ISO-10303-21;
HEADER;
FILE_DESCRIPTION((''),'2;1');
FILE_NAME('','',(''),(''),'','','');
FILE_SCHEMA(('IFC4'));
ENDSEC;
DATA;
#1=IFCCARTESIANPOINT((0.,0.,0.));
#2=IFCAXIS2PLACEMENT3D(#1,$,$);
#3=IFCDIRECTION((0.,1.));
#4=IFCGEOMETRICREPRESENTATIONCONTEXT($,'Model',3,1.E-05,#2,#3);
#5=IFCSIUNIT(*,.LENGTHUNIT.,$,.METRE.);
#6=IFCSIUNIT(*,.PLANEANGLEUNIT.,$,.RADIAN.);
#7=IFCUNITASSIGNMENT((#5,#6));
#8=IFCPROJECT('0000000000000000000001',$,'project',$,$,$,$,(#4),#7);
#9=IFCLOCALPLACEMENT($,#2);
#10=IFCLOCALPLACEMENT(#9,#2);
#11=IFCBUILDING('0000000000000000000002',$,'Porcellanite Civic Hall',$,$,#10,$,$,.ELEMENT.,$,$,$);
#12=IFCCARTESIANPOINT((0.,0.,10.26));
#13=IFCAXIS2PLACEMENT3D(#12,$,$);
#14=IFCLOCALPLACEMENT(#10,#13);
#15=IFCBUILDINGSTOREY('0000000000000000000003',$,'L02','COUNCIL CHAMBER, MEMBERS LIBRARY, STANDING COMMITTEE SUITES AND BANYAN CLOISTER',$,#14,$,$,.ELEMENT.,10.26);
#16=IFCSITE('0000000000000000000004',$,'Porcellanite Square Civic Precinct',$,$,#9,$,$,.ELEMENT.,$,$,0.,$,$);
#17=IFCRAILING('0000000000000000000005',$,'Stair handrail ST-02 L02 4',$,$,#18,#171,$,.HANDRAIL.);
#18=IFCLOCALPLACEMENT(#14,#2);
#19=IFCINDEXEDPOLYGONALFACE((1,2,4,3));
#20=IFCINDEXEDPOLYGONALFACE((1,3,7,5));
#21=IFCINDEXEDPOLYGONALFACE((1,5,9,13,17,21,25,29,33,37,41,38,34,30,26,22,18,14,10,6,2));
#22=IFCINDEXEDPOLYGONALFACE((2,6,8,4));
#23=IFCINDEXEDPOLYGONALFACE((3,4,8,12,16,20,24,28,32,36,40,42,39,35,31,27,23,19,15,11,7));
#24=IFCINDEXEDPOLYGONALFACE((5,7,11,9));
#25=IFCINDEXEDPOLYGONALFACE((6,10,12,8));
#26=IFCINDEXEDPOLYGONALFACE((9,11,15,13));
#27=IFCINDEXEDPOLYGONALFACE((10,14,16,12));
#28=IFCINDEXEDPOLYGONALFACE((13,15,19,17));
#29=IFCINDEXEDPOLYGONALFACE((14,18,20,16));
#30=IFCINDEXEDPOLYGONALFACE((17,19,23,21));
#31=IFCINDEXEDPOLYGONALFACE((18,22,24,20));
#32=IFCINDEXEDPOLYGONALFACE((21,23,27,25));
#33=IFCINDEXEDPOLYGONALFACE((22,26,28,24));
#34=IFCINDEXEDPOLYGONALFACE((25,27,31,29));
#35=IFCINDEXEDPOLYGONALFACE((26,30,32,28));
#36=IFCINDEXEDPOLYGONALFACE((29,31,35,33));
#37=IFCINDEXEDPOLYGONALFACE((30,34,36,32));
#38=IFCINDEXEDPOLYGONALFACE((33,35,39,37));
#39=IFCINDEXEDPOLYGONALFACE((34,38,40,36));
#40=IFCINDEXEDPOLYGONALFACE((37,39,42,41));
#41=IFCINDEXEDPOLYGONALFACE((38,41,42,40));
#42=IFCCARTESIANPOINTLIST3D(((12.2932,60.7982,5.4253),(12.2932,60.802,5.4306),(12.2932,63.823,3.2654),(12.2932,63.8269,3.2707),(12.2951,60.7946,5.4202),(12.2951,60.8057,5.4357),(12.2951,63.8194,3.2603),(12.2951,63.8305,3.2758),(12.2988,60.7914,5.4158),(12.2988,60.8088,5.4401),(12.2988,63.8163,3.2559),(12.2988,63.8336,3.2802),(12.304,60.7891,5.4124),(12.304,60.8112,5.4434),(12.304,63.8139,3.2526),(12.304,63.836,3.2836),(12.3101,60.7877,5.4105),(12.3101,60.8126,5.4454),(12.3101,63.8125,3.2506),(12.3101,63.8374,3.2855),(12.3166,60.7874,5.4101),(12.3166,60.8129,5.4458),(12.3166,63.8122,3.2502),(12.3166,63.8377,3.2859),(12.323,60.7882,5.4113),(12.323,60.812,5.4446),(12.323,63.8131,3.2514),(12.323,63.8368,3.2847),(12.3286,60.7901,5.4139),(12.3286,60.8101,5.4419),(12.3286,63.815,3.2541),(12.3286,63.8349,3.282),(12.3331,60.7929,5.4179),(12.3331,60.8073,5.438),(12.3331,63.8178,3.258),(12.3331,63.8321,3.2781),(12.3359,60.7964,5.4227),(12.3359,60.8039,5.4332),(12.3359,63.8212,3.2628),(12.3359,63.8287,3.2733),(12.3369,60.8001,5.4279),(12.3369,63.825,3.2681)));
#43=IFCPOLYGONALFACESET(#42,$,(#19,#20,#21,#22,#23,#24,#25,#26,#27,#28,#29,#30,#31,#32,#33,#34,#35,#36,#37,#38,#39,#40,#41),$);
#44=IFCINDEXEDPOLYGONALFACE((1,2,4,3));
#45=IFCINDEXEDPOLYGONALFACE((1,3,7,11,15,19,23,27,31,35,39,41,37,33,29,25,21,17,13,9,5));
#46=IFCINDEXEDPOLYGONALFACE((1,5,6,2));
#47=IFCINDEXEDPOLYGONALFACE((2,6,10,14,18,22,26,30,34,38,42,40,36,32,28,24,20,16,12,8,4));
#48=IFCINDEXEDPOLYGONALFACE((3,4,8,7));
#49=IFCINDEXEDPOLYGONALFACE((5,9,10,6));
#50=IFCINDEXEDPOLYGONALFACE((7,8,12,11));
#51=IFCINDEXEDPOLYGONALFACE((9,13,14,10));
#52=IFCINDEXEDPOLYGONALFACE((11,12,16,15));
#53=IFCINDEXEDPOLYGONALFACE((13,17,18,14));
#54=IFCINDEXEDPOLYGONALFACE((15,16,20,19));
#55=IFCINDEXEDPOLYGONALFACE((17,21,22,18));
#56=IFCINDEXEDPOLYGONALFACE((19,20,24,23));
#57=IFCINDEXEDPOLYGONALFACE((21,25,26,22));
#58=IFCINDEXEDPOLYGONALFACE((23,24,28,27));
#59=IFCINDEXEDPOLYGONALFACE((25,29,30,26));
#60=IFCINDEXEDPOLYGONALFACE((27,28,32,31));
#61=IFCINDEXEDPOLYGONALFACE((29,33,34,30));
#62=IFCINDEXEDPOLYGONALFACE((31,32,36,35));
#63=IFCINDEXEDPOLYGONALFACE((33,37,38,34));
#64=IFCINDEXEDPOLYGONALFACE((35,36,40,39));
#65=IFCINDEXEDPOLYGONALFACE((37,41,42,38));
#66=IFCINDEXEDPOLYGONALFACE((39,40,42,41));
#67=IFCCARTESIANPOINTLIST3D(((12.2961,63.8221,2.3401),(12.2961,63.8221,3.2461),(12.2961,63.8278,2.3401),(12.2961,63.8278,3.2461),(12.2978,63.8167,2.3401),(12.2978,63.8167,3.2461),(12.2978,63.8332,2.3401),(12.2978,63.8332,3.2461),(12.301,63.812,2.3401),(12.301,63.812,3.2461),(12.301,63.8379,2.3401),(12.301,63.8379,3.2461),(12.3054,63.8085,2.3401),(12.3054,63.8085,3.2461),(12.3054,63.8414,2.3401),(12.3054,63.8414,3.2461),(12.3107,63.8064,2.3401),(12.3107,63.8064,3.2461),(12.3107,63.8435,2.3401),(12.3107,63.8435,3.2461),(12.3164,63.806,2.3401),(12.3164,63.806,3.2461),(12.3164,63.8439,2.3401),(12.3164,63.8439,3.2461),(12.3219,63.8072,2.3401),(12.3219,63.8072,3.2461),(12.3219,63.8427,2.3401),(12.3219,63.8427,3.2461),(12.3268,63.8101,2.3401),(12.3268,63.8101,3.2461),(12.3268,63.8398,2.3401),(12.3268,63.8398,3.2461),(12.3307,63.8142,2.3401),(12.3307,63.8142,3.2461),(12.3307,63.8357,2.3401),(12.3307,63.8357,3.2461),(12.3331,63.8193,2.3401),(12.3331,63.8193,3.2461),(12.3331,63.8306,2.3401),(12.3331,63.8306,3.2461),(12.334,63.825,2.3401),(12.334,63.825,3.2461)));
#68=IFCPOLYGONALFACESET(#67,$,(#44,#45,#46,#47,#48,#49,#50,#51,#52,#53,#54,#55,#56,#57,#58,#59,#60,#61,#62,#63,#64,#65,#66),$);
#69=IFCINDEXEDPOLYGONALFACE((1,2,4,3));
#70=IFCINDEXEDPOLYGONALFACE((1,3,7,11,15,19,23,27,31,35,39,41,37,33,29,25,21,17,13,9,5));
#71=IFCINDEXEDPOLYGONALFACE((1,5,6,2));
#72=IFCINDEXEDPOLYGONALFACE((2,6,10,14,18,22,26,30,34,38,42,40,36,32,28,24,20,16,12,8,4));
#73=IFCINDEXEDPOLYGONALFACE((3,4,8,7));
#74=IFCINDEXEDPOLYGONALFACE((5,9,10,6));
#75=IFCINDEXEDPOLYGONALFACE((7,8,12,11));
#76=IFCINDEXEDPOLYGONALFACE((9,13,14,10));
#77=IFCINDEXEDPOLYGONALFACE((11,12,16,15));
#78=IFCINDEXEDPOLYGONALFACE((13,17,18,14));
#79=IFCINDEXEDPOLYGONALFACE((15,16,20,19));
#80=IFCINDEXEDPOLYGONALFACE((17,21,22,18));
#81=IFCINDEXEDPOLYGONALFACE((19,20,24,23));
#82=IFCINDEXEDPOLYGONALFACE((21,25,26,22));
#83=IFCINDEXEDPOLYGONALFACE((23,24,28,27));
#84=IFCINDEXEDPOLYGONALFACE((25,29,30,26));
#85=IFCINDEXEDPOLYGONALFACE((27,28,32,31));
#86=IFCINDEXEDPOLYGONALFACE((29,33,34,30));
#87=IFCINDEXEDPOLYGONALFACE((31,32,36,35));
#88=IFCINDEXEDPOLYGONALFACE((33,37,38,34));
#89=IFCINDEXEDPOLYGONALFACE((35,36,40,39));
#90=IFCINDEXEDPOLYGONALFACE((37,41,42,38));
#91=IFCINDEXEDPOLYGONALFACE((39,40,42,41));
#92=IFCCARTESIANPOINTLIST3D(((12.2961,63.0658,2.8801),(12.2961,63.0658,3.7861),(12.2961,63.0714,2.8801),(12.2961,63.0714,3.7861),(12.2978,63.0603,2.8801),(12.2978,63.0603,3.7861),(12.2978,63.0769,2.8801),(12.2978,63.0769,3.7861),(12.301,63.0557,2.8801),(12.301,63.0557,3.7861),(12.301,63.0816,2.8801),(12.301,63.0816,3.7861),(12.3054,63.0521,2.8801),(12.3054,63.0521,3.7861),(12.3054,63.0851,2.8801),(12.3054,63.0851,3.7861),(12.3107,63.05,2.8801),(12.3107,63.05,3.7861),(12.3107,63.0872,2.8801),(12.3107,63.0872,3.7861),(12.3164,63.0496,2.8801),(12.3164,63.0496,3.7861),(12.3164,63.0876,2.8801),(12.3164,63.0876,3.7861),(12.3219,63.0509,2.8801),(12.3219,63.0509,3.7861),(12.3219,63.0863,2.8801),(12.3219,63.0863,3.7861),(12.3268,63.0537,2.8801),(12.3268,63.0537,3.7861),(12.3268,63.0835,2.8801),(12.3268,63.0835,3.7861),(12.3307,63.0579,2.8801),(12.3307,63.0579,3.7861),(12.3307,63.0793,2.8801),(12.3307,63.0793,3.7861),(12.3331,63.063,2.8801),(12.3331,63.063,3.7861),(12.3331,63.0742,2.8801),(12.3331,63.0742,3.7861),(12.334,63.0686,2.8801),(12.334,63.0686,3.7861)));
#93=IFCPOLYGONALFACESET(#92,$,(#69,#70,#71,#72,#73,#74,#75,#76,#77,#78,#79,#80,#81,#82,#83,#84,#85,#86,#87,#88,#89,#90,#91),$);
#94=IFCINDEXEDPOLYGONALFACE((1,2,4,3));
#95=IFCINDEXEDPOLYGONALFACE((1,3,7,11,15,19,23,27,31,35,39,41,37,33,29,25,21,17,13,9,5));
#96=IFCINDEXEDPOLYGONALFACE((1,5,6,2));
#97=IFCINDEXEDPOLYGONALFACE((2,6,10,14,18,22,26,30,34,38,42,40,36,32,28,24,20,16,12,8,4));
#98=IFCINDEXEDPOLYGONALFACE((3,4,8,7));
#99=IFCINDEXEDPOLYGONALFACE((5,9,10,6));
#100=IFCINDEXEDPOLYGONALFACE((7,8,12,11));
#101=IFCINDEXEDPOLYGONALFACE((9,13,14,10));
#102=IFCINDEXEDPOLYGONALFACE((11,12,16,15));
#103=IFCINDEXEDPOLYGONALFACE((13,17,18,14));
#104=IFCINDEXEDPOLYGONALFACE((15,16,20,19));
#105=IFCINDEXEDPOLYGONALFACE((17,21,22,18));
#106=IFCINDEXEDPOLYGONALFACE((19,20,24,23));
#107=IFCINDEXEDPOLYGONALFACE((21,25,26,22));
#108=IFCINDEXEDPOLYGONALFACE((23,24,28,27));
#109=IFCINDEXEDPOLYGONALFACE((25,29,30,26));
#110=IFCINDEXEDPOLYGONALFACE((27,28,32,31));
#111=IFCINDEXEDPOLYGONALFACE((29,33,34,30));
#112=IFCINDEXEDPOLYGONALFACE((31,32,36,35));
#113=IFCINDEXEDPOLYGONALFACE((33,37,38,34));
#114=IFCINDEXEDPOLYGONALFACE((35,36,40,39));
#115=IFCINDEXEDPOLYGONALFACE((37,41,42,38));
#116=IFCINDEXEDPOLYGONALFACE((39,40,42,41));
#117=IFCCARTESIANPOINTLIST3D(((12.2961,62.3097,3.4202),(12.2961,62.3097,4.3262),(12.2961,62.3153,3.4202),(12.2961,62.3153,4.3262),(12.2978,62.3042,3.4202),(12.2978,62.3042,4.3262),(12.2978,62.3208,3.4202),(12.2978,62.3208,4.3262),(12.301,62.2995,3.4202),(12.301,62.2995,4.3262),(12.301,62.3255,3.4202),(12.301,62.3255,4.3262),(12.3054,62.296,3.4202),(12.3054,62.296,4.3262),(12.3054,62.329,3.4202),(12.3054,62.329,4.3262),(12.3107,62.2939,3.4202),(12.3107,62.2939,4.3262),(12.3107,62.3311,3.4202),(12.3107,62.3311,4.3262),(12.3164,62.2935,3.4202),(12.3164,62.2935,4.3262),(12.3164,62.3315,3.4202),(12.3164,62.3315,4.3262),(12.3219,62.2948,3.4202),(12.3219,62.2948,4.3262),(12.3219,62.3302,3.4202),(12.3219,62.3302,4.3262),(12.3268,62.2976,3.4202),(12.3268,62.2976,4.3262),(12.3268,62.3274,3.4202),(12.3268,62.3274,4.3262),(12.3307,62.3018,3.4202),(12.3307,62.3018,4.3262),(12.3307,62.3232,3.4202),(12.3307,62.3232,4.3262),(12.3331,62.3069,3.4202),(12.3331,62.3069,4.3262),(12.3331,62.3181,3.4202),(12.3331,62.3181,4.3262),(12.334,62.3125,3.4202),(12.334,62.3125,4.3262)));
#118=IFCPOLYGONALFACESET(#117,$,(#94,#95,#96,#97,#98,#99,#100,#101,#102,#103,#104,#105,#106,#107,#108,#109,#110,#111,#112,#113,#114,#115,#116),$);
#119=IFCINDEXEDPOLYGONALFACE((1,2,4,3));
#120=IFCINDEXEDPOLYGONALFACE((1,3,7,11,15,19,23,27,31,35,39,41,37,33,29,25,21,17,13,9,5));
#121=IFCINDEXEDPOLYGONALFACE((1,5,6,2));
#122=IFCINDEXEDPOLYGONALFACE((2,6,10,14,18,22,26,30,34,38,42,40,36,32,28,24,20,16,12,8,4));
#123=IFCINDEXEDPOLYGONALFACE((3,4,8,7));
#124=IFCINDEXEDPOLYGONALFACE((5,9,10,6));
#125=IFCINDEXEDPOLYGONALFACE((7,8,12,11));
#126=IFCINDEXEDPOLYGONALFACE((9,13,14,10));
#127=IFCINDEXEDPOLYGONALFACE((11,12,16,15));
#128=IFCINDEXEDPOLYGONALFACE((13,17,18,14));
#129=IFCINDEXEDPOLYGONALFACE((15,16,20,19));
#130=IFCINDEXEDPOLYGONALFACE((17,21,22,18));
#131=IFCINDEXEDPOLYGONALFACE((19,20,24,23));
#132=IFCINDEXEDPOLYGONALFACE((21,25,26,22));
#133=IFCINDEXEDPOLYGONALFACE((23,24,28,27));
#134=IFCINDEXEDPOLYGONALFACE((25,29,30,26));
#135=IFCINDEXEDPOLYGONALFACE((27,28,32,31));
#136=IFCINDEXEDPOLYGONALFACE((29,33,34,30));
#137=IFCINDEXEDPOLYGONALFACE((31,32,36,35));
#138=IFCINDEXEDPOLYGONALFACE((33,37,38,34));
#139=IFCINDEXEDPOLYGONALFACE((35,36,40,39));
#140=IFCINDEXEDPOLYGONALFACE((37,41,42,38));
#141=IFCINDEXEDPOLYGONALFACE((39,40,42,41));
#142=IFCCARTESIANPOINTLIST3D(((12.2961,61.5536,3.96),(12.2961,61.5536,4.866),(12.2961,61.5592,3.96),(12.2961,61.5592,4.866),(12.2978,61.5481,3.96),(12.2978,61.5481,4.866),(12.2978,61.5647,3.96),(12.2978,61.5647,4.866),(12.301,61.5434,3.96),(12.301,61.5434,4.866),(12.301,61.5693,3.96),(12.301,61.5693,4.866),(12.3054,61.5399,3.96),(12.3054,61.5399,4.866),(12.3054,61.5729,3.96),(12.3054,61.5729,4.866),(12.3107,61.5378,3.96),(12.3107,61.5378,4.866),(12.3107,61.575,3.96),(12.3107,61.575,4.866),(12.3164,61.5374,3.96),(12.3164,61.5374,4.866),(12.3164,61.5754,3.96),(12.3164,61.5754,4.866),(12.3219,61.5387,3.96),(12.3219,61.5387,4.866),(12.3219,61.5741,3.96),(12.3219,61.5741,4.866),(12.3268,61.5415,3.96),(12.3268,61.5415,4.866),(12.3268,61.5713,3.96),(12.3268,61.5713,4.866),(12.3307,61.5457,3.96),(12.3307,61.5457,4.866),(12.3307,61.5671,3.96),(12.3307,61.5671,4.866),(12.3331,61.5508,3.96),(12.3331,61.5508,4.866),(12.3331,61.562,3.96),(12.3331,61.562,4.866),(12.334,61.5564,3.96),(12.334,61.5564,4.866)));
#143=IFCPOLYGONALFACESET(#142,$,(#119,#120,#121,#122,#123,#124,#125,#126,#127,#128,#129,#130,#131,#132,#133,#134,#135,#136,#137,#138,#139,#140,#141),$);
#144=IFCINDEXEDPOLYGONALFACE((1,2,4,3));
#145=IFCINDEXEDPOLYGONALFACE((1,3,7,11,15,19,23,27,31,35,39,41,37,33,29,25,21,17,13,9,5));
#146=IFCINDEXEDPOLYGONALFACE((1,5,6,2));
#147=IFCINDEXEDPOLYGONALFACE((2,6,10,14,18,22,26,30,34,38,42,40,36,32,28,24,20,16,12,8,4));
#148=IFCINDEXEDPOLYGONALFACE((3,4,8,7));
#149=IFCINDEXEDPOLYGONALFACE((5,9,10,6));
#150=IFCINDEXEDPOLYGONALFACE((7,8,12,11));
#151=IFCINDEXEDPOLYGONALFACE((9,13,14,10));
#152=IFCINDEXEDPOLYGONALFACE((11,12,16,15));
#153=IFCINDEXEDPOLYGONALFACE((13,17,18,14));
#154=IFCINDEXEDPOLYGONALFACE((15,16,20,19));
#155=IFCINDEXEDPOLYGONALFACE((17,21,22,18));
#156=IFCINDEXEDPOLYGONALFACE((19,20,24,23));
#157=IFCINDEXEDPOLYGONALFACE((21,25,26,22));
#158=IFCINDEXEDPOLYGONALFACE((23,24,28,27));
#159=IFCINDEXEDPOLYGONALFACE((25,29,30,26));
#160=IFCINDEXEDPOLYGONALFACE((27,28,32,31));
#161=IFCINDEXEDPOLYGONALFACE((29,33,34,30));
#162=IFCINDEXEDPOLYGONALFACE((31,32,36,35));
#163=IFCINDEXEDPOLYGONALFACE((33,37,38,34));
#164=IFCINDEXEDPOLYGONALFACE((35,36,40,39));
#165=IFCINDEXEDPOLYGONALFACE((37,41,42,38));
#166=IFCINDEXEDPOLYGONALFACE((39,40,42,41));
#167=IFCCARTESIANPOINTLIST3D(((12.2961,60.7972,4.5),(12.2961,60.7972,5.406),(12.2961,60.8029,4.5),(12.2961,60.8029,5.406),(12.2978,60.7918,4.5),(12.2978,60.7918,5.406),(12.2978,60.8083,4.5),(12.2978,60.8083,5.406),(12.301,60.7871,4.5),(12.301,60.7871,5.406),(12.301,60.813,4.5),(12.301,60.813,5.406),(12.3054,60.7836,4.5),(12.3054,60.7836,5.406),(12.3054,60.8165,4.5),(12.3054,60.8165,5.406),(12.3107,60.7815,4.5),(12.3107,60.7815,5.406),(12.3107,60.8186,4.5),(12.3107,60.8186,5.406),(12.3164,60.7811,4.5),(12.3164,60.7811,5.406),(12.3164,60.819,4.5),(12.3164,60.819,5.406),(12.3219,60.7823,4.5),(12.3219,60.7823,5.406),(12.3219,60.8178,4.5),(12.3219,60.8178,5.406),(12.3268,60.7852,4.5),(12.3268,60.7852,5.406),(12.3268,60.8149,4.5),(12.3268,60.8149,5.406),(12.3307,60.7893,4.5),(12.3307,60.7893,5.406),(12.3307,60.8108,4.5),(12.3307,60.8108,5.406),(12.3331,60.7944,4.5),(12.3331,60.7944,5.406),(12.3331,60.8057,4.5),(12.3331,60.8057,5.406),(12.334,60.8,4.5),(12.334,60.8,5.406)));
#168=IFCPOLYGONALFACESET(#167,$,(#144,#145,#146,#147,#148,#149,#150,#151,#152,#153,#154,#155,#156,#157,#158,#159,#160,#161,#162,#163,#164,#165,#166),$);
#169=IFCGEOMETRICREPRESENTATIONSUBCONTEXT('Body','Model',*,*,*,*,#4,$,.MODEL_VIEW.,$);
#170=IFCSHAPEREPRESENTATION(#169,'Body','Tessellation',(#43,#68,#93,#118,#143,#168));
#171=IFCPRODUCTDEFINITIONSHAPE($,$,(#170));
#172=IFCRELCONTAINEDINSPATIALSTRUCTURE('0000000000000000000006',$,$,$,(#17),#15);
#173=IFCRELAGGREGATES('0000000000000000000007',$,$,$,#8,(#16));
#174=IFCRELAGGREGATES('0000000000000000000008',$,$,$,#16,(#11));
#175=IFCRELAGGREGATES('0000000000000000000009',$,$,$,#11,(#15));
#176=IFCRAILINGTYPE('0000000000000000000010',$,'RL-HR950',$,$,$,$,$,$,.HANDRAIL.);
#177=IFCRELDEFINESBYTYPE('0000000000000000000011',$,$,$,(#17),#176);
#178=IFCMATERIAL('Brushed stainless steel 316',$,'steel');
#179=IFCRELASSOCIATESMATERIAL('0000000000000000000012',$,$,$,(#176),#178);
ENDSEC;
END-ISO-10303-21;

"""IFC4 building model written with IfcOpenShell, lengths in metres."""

from ifc_helpers import new_model, si_unit, direction, frame, origin, origin_2d, place, context, subcontext, project, spatial, circle, extrude, material, type_object, element, save


model = new_model("IFC4")

# Units and contexts
model_context = context("Model", 3, precision=1e-05, world=origin(), true_north=direction((0.0, 1.0)))
body_context = subcontext(model_context, "Body", "Model", "MODEL_VIEW")
ifc_project = project(units=[si_unit("LENGTHUNIT", "METRE"), si_unit("PLANEANGLEUNIT", "RADIAN")], contexts=[model_context])

# Site, building, storey
site_placement = place(None, origin())
site = spatial("IfcSite", under=ifc_project, at=site_placement, Name="Porcellanite Square Civic Precinct", CompositionType="ELEMENT", RefElevation=0.0)
building_placement = place(site_placement, origin())
building = spatial("IfcBuilding", under=site, at=building_placement, Name="Porcellanite Civic Hall", CompositionType="ELEMENT")
storey_placement = place(building_placement, frame((0.0, 0.0, 10.26)))
storey = spatial("IfcBuildingStorey", under=building, at=storey_placement, Name="L02", Description="COUNCIL CHAMBER, MEMBERS LIBRARY, STANDING COMMITTEE SUITES AND BANYAN CLOISTER", CompositionType="ELEMENT", Elevation=10.26)

# Railing
ifc_material_1 = material(Name="Brushed stainless steel 316", Category="steel")
railing_type_1 = type_object("IfcRailingType", Name="RL-HR950", PredefinedType="HANDRAIL", material=ifc_material_1)
railing_1_placement = place(storey_placement, frame((12.3149, 63.825, 2.3401)))
element("IfcRailing", 1, at=railing_1_placement, inside=storey, type_object=railing_type_1, Name="Stair handrail ST-02 L02 4", PredefinedType="HANDRAIL", context=body_context, shape_type="SweptSolid", body=[
    extrude(circle(Radius=0.022, at=origin_2d()), frame((0.0, 0.0, 0.928), z_axis=(0.0, -0.813827, 0.581108), x_axis=(1.0, 0.0, 0.0)), (0.0, 0.0, 1.0), 3.7168),
    extrude(circle(Radius=0.019, at=origin_2d()), origin(), (0.0, 0.0, 1.0), 0.906),
    extrude(circle(Radius=0.019, at=origin_2d()), frame((0.0, -0.7563, 0.54)), (0.0, 0.0, 1.0), 0.906),
    extrude(circle(Radius=0.019, at=origin_2d()), frame((0.0, -1.5125, 1.0801)), (0.0, 0.0, 1.0), 0.906),
    extrude(circle(Radius=0.019, at=origin_2d()), frame((0.0, -2.2686, 1.6199)), (0.0, 0.0, 1.0), 0.906),
    extrude(circle(Radius=0.019, at=origin_2d()), frame((0.0, -3.0249, 2.1599)), (0.0, 0.0, 1.0), 0.906),
])

save(model, "model.ifc")
